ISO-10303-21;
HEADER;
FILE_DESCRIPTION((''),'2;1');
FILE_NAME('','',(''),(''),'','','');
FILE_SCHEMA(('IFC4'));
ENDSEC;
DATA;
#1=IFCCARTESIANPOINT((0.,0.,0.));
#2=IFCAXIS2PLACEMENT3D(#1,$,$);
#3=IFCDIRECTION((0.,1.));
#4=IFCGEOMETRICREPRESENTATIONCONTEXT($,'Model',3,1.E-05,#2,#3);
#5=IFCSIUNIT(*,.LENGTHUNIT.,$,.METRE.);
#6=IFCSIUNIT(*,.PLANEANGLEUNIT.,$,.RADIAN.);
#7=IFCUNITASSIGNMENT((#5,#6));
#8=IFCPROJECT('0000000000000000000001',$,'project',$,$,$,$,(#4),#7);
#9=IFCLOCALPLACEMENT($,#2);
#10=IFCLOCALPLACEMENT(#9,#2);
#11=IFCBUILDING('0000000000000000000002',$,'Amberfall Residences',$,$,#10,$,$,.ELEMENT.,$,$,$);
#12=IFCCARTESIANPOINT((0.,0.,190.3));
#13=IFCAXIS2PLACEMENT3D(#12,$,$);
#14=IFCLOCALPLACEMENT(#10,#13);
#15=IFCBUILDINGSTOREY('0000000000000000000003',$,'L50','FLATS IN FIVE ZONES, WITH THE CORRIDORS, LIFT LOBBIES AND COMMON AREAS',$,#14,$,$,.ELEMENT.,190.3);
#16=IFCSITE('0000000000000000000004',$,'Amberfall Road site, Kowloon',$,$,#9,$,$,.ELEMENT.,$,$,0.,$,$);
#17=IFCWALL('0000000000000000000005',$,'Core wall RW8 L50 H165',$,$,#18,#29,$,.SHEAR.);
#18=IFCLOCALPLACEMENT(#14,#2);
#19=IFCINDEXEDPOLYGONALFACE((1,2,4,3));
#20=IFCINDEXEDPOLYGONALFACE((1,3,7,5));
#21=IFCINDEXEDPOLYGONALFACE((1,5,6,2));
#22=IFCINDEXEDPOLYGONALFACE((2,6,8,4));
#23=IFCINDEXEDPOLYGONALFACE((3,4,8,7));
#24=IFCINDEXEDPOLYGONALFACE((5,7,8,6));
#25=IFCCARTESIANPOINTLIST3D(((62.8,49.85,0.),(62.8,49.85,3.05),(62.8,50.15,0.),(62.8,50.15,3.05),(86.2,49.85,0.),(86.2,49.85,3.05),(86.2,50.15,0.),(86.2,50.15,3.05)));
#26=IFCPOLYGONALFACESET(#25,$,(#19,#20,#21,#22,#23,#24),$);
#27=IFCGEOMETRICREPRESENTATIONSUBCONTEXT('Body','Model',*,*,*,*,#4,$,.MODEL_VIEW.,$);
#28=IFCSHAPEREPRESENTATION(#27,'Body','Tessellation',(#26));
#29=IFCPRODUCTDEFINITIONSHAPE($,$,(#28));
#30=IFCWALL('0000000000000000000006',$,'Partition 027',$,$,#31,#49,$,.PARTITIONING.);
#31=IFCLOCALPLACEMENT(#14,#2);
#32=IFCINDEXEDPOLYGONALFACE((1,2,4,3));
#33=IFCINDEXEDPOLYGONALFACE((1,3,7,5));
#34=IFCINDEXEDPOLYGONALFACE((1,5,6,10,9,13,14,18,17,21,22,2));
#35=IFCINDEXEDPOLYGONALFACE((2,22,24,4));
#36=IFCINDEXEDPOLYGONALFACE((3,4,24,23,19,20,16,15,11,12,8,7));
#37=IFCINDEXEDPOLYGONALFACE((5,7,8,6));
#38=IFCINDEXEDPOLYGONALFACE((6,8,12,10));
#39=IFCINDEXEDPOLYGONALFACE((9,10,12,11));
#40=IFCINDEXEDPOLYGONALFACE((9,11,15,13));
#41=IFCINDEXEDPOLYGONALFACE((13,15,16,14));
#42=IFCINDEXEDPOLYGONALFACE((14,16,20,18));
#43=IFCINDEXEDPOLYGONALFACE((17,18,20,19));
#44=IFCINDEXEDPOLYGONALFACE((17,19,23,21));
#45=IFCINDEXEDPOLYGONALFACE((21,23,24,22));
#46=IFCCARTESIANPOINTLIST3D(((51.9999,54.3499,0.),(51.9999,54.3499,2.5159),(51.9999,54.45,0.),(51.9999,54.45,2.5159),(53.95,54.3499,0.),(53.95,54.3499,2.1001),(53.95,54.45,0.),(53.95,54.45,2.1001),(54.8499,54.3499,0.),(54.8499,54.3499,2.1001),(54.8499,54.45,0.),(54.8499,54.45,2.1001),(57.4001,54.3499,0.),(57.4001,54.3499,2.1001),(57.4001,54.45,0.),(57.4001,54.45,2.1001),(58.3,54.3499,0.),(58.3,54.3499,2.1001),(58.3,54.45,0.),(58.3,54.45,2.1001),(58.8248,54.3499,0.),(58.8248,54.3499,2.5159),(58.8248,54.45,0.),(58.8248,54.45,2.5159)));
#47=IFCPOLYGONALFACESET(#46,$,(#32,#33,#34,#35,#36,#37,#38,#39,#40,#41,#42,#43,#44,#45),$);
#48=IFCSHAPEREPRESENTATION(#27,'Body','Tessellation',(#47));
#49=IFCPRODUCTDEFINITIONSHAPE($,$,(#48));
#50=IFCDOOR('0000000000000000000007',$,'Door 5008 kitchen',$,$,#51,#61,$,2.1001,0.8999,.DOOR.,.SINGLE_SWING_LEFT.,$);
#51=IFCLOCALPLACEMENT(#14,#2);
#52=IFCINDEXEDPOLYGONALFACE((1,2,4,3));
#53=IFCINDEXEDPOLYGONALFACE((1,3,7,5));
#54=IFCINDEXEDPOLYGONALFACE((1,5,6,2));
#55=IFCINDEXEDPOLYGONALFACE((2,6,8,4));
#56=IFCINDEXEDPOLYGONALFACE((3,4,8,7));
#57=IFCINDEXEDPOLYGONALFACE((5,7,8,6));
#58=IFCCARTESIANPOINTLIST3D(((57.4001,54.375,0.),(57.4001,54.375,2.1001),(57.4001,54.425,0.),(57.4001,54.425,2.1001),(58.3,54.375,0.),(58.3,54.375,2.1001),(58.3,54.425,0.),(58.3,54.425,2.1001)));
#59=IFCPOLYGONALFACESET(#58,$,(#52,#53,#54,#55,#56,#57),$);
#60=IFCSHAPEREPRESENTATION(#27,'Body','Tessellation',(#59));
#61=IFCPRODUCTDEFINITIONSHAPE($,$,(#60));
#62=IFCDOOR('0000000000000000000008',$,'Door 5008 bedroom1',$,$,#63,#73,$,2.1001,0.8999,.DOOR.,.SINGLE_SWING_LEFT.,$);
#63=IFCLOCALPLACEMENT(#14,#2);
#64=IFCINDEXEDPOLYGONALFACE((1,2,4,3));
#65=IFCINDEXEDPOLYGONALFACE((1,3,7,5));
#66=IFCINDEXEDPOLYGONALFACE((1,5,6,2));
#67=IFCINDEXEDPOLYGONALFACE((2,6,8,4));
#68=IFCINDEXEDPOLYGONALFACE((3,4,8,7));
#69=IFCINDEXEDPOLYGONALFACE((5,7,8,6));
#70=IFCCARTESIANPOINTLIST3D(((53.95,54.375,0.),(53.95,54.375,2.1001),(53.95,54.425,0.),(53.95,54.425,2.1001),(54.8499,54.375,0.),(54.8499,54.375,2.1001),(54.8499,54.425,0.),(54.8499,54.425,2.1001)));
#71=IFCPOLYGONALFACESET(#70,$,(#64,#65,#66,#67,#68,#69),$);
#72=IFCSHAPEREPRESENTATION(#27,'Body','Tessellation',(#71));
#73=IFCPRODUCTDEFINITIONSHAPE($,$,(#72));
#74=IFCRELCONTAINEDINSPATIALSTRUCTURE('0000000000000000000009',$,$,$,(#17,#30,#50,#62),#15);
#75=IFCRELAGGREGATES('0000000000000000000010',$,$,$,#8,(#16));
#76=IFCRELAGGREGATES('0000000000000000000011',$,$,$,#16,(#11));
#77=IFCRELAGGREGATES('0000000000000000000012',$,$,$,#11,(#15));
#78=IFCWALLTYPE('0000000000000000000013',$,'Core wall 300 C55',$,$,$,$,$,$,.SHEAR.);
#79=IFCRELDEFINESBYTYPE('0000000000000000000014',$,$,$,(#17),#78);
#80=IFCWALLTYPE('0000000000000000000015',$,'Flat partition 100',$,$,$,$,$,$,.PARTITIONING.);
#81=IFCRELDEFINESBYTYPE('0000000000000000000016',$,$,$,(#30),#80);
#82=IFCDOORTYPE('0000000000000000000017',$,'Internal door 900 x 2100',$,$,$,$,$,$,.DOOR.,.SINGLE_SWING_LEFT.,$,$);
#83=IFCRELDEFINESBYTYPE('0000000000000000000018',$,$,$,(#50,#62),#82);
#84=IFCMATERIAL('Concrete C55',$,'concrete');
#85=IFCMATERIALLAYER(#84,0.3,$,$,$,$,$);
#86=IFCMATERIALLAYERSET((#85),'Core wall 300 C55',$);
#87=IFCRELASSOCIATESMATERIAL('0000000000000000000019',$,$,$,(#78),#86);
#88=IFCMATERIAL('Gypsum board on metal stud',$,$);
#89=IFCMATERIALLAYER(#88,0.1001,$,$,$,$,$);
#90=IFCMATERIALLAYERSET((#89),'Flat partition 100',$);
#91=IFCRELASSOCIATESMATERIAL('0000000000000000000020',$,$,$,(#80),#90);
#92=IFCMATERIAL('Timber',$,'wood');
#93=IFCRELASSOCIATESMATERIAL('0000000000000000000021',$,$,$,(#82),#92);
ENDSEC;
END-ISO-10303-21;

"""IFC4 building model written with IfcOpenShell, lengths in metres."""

from ifc_helpers import new_model, si_unit, direction, frame, frame_2d, origin, place, context, subcontext, project, spatial, rectangle, extrude, material, layer, layer_set, type_object, element, fill, save


model = new_model("IFC4")

# Units and contexts
model_context = context("Model", 3, precision=1e-05, world=origin(), true_north=direction((0.0, 1.0)))
body_context = subcontext(model_context, "Body", "Model", "MODEL_VIEW")
ifc_project = project(units=[si_unit("LENGTHUNIT", "METRE"), si_unit("PLANEANGLEUNIT", "RADIAN")], contexts=[model_context])

# Site, building, storey
site_placement = place(None, origin())
site = spatial("IfcSite", under=ifc_project, at=site_placement, Name="Amberfall Road site, Kowloon", CompositionType="ELEMENT", RefElevation=0.0)
building_placement = place(site_placement, origin())
building = spatial("IfcBuilding", under=site, at=building_placement, Name="Amberfall Residences", CompositionType="ELEMENT")
storey_placement = place(building_placement, frame((0.0, 0.0, 190.3)))
storey = spatial("IfcBuildingStorey", under=building, at=storey_placement, Name="L50", Description="FLATS IN FIVE ZONES, WITH THE CORRIDORS, LIFT LOBBIES AND COMMON AREAS", CompositionType="ELEMENT", Elevation=190.3)

# Wall
ifc_material_1 = material(Name="Concrete C55", Category="concrete")
ifc_layer_1 = layer(ifc_material_1, 0.3)
ifc_layer_set_1 = layer_set([ifc_layer_1], Name="Core wall 300 C55")
wall_type_1 = type_object("IfcWallType", Name="Core wall 300 C55", PredefinedType="SHEAR", material=ifc_layer_set_1)
wall_1_placement = place(storey_placement, frame((62.8, 50.0, 0.0), z_axis=(0.0, 0.0, 1.0), x_axis=(1.0, 0.0, 0.0)))
element("IfcWall", 1, at=wall_1_placement, inside=storey, type_object=wall_type_1, Name="Core wall RW8 L50 H165", PredefinedType="SHEAR", context=body_context, shape_type="SweptSolid", body=[
    extrude(rectangle(XDim=23.3999, YDim=0.3, at=frame_2d((11.7, 0.0))), origin(), (0.0, 0.0, 1.0), 3.05),
])

# Wall, openings, doors
ifc_material_2 = material(Name="Gypsum board on metal stud")
ifc_layer_2 = layer(ifc_material_2, 0.1001)
ifc_layer_set_2 = layer_set([ifc_layer_2], Name="Flat partition 100")
wall_type_2 = type_object("IfcWallType", Name="Flat partition 100", PredefinedType="PARTITIONING", material=ifc_layer_set_2)
wall_2_placement = place(storey_placement, frame((58.825, 54.3999, 0.0), z_axis=(0.0, 0.0, 1.0), x_axis=(-1.0, 0.0, 0.0)))
wall_2 = element("IfcWall", 2, at=wall_2_placement, inside=storey, type_object=wall_type_2, Name="Partition 027", PredefinedType="PARTITIONING", context=body_context, shape_type="SweptSolid", body=[
    extrude(rectangle(XDim=6.825, YDim=0.1001, at=frame_2d((3.4126, 0.0))), origin(), (0.0, 0.0, 1.0), 2.5159),
])
opening_1_placement = place(wall_2_placement, frame((0.5249, 0.0, 0.0)))
opening_1 = element("IfcOpeningElement", 3, at=opening_1_placement, cuts=wall_2, PredefinedType="OPENING", context=body_context, shape_type="SweptSolid", body=[
    extrude(rectangle(XDim=0.8999, YDim=2.1001, at=frame_2d((0.45, 1.05))), frame((0.0, 0.0601, 0.0), z_axis=(0.0, -1.0, 0.0), x_axis=(1.0, 0.0, 0.0)), (0.0, 0.0, 1.0), 0.1201),
])
opening_2_placement = place(wall_2_placement, frame((3.9751, 0.0, 0.0)))
opening_2 = element("IfcOpeningElement", 4, at=opening_2_placement, cuts=wall_2, PredefinedType="OPENING", context=body_context, shape_type="SweptSolid", body=[
    extrude(rectangle(XDim=0.8999, YDim=2.1001, at=frame_2d((0.45, 1.05))), frame((0.0, 0.0601, 0.0), z_axis=(0.0, -1.0, 0.0), x_axis=(1.0, 0.0, 0.0)), (0.0, 0.0, 1.0), 0.1201),
])
ifc_material_3 = material(Name="Timber", Category="wood")
door_type = type_object("IfcDoorType", Name="Internal door 900 x 2100", OperationType="SINGLE_SWING_LEFT", PredefinedType="DOOR", material=ifc_material_3)
door_1_placement = place(opening_1_placement, origin())
door_1 = element("IfcDoor", 5, at=door_1_placement, inside=storey, type_object=door_type, Name="Door 5008 kitchen", OperationType="SINGLE_SWING_LEFT", OverallHeight=2.1001, OverallWidth=0.8999, PredefinedType="DOOR", context=body_context, shape_type="SweptSolid", body=[
    extrude(rectangle(XDim=0.8999, YDim=2.1001, at=frame_2d((0.45, 1.05))), frame((0.0, 0.0249, 0.0), z_axis=(0.0, -1.0, 0.0), x_axis=(1.0, 0.0, 0.0)), (0.0, 0.0, 1.0), 0.05),
])
fill(opening_1, door_1)
door_2_placement = place(opening_2_placement, origin())
door_2 = element("IfcDoor", 6, at=door_2_placement, inside=storey, type_object=door_type, Name="Door 5008 bedroom1", OperationType="SINGLE_SWING_LEFT", OverallHeight=2.1001, OverallWidth=0.8999, PredefinedType="DOOR", context=body_context, shape_type="SweptSolid", body=[
    extrude(rectangle(XDim=0.8999, YDim=2.1001, at=frame_2d((0.45, 1.05))), frame((0.0, 0.0249, 0.0), z_axis=(0.0, -1.0, 0.0), x_axis=(1.0, 0.0, 0.0)), (0.0, 0.0, 1.0), 0.05),
])
fill(opening_2, door_2)

save(model, "model.ifc")
